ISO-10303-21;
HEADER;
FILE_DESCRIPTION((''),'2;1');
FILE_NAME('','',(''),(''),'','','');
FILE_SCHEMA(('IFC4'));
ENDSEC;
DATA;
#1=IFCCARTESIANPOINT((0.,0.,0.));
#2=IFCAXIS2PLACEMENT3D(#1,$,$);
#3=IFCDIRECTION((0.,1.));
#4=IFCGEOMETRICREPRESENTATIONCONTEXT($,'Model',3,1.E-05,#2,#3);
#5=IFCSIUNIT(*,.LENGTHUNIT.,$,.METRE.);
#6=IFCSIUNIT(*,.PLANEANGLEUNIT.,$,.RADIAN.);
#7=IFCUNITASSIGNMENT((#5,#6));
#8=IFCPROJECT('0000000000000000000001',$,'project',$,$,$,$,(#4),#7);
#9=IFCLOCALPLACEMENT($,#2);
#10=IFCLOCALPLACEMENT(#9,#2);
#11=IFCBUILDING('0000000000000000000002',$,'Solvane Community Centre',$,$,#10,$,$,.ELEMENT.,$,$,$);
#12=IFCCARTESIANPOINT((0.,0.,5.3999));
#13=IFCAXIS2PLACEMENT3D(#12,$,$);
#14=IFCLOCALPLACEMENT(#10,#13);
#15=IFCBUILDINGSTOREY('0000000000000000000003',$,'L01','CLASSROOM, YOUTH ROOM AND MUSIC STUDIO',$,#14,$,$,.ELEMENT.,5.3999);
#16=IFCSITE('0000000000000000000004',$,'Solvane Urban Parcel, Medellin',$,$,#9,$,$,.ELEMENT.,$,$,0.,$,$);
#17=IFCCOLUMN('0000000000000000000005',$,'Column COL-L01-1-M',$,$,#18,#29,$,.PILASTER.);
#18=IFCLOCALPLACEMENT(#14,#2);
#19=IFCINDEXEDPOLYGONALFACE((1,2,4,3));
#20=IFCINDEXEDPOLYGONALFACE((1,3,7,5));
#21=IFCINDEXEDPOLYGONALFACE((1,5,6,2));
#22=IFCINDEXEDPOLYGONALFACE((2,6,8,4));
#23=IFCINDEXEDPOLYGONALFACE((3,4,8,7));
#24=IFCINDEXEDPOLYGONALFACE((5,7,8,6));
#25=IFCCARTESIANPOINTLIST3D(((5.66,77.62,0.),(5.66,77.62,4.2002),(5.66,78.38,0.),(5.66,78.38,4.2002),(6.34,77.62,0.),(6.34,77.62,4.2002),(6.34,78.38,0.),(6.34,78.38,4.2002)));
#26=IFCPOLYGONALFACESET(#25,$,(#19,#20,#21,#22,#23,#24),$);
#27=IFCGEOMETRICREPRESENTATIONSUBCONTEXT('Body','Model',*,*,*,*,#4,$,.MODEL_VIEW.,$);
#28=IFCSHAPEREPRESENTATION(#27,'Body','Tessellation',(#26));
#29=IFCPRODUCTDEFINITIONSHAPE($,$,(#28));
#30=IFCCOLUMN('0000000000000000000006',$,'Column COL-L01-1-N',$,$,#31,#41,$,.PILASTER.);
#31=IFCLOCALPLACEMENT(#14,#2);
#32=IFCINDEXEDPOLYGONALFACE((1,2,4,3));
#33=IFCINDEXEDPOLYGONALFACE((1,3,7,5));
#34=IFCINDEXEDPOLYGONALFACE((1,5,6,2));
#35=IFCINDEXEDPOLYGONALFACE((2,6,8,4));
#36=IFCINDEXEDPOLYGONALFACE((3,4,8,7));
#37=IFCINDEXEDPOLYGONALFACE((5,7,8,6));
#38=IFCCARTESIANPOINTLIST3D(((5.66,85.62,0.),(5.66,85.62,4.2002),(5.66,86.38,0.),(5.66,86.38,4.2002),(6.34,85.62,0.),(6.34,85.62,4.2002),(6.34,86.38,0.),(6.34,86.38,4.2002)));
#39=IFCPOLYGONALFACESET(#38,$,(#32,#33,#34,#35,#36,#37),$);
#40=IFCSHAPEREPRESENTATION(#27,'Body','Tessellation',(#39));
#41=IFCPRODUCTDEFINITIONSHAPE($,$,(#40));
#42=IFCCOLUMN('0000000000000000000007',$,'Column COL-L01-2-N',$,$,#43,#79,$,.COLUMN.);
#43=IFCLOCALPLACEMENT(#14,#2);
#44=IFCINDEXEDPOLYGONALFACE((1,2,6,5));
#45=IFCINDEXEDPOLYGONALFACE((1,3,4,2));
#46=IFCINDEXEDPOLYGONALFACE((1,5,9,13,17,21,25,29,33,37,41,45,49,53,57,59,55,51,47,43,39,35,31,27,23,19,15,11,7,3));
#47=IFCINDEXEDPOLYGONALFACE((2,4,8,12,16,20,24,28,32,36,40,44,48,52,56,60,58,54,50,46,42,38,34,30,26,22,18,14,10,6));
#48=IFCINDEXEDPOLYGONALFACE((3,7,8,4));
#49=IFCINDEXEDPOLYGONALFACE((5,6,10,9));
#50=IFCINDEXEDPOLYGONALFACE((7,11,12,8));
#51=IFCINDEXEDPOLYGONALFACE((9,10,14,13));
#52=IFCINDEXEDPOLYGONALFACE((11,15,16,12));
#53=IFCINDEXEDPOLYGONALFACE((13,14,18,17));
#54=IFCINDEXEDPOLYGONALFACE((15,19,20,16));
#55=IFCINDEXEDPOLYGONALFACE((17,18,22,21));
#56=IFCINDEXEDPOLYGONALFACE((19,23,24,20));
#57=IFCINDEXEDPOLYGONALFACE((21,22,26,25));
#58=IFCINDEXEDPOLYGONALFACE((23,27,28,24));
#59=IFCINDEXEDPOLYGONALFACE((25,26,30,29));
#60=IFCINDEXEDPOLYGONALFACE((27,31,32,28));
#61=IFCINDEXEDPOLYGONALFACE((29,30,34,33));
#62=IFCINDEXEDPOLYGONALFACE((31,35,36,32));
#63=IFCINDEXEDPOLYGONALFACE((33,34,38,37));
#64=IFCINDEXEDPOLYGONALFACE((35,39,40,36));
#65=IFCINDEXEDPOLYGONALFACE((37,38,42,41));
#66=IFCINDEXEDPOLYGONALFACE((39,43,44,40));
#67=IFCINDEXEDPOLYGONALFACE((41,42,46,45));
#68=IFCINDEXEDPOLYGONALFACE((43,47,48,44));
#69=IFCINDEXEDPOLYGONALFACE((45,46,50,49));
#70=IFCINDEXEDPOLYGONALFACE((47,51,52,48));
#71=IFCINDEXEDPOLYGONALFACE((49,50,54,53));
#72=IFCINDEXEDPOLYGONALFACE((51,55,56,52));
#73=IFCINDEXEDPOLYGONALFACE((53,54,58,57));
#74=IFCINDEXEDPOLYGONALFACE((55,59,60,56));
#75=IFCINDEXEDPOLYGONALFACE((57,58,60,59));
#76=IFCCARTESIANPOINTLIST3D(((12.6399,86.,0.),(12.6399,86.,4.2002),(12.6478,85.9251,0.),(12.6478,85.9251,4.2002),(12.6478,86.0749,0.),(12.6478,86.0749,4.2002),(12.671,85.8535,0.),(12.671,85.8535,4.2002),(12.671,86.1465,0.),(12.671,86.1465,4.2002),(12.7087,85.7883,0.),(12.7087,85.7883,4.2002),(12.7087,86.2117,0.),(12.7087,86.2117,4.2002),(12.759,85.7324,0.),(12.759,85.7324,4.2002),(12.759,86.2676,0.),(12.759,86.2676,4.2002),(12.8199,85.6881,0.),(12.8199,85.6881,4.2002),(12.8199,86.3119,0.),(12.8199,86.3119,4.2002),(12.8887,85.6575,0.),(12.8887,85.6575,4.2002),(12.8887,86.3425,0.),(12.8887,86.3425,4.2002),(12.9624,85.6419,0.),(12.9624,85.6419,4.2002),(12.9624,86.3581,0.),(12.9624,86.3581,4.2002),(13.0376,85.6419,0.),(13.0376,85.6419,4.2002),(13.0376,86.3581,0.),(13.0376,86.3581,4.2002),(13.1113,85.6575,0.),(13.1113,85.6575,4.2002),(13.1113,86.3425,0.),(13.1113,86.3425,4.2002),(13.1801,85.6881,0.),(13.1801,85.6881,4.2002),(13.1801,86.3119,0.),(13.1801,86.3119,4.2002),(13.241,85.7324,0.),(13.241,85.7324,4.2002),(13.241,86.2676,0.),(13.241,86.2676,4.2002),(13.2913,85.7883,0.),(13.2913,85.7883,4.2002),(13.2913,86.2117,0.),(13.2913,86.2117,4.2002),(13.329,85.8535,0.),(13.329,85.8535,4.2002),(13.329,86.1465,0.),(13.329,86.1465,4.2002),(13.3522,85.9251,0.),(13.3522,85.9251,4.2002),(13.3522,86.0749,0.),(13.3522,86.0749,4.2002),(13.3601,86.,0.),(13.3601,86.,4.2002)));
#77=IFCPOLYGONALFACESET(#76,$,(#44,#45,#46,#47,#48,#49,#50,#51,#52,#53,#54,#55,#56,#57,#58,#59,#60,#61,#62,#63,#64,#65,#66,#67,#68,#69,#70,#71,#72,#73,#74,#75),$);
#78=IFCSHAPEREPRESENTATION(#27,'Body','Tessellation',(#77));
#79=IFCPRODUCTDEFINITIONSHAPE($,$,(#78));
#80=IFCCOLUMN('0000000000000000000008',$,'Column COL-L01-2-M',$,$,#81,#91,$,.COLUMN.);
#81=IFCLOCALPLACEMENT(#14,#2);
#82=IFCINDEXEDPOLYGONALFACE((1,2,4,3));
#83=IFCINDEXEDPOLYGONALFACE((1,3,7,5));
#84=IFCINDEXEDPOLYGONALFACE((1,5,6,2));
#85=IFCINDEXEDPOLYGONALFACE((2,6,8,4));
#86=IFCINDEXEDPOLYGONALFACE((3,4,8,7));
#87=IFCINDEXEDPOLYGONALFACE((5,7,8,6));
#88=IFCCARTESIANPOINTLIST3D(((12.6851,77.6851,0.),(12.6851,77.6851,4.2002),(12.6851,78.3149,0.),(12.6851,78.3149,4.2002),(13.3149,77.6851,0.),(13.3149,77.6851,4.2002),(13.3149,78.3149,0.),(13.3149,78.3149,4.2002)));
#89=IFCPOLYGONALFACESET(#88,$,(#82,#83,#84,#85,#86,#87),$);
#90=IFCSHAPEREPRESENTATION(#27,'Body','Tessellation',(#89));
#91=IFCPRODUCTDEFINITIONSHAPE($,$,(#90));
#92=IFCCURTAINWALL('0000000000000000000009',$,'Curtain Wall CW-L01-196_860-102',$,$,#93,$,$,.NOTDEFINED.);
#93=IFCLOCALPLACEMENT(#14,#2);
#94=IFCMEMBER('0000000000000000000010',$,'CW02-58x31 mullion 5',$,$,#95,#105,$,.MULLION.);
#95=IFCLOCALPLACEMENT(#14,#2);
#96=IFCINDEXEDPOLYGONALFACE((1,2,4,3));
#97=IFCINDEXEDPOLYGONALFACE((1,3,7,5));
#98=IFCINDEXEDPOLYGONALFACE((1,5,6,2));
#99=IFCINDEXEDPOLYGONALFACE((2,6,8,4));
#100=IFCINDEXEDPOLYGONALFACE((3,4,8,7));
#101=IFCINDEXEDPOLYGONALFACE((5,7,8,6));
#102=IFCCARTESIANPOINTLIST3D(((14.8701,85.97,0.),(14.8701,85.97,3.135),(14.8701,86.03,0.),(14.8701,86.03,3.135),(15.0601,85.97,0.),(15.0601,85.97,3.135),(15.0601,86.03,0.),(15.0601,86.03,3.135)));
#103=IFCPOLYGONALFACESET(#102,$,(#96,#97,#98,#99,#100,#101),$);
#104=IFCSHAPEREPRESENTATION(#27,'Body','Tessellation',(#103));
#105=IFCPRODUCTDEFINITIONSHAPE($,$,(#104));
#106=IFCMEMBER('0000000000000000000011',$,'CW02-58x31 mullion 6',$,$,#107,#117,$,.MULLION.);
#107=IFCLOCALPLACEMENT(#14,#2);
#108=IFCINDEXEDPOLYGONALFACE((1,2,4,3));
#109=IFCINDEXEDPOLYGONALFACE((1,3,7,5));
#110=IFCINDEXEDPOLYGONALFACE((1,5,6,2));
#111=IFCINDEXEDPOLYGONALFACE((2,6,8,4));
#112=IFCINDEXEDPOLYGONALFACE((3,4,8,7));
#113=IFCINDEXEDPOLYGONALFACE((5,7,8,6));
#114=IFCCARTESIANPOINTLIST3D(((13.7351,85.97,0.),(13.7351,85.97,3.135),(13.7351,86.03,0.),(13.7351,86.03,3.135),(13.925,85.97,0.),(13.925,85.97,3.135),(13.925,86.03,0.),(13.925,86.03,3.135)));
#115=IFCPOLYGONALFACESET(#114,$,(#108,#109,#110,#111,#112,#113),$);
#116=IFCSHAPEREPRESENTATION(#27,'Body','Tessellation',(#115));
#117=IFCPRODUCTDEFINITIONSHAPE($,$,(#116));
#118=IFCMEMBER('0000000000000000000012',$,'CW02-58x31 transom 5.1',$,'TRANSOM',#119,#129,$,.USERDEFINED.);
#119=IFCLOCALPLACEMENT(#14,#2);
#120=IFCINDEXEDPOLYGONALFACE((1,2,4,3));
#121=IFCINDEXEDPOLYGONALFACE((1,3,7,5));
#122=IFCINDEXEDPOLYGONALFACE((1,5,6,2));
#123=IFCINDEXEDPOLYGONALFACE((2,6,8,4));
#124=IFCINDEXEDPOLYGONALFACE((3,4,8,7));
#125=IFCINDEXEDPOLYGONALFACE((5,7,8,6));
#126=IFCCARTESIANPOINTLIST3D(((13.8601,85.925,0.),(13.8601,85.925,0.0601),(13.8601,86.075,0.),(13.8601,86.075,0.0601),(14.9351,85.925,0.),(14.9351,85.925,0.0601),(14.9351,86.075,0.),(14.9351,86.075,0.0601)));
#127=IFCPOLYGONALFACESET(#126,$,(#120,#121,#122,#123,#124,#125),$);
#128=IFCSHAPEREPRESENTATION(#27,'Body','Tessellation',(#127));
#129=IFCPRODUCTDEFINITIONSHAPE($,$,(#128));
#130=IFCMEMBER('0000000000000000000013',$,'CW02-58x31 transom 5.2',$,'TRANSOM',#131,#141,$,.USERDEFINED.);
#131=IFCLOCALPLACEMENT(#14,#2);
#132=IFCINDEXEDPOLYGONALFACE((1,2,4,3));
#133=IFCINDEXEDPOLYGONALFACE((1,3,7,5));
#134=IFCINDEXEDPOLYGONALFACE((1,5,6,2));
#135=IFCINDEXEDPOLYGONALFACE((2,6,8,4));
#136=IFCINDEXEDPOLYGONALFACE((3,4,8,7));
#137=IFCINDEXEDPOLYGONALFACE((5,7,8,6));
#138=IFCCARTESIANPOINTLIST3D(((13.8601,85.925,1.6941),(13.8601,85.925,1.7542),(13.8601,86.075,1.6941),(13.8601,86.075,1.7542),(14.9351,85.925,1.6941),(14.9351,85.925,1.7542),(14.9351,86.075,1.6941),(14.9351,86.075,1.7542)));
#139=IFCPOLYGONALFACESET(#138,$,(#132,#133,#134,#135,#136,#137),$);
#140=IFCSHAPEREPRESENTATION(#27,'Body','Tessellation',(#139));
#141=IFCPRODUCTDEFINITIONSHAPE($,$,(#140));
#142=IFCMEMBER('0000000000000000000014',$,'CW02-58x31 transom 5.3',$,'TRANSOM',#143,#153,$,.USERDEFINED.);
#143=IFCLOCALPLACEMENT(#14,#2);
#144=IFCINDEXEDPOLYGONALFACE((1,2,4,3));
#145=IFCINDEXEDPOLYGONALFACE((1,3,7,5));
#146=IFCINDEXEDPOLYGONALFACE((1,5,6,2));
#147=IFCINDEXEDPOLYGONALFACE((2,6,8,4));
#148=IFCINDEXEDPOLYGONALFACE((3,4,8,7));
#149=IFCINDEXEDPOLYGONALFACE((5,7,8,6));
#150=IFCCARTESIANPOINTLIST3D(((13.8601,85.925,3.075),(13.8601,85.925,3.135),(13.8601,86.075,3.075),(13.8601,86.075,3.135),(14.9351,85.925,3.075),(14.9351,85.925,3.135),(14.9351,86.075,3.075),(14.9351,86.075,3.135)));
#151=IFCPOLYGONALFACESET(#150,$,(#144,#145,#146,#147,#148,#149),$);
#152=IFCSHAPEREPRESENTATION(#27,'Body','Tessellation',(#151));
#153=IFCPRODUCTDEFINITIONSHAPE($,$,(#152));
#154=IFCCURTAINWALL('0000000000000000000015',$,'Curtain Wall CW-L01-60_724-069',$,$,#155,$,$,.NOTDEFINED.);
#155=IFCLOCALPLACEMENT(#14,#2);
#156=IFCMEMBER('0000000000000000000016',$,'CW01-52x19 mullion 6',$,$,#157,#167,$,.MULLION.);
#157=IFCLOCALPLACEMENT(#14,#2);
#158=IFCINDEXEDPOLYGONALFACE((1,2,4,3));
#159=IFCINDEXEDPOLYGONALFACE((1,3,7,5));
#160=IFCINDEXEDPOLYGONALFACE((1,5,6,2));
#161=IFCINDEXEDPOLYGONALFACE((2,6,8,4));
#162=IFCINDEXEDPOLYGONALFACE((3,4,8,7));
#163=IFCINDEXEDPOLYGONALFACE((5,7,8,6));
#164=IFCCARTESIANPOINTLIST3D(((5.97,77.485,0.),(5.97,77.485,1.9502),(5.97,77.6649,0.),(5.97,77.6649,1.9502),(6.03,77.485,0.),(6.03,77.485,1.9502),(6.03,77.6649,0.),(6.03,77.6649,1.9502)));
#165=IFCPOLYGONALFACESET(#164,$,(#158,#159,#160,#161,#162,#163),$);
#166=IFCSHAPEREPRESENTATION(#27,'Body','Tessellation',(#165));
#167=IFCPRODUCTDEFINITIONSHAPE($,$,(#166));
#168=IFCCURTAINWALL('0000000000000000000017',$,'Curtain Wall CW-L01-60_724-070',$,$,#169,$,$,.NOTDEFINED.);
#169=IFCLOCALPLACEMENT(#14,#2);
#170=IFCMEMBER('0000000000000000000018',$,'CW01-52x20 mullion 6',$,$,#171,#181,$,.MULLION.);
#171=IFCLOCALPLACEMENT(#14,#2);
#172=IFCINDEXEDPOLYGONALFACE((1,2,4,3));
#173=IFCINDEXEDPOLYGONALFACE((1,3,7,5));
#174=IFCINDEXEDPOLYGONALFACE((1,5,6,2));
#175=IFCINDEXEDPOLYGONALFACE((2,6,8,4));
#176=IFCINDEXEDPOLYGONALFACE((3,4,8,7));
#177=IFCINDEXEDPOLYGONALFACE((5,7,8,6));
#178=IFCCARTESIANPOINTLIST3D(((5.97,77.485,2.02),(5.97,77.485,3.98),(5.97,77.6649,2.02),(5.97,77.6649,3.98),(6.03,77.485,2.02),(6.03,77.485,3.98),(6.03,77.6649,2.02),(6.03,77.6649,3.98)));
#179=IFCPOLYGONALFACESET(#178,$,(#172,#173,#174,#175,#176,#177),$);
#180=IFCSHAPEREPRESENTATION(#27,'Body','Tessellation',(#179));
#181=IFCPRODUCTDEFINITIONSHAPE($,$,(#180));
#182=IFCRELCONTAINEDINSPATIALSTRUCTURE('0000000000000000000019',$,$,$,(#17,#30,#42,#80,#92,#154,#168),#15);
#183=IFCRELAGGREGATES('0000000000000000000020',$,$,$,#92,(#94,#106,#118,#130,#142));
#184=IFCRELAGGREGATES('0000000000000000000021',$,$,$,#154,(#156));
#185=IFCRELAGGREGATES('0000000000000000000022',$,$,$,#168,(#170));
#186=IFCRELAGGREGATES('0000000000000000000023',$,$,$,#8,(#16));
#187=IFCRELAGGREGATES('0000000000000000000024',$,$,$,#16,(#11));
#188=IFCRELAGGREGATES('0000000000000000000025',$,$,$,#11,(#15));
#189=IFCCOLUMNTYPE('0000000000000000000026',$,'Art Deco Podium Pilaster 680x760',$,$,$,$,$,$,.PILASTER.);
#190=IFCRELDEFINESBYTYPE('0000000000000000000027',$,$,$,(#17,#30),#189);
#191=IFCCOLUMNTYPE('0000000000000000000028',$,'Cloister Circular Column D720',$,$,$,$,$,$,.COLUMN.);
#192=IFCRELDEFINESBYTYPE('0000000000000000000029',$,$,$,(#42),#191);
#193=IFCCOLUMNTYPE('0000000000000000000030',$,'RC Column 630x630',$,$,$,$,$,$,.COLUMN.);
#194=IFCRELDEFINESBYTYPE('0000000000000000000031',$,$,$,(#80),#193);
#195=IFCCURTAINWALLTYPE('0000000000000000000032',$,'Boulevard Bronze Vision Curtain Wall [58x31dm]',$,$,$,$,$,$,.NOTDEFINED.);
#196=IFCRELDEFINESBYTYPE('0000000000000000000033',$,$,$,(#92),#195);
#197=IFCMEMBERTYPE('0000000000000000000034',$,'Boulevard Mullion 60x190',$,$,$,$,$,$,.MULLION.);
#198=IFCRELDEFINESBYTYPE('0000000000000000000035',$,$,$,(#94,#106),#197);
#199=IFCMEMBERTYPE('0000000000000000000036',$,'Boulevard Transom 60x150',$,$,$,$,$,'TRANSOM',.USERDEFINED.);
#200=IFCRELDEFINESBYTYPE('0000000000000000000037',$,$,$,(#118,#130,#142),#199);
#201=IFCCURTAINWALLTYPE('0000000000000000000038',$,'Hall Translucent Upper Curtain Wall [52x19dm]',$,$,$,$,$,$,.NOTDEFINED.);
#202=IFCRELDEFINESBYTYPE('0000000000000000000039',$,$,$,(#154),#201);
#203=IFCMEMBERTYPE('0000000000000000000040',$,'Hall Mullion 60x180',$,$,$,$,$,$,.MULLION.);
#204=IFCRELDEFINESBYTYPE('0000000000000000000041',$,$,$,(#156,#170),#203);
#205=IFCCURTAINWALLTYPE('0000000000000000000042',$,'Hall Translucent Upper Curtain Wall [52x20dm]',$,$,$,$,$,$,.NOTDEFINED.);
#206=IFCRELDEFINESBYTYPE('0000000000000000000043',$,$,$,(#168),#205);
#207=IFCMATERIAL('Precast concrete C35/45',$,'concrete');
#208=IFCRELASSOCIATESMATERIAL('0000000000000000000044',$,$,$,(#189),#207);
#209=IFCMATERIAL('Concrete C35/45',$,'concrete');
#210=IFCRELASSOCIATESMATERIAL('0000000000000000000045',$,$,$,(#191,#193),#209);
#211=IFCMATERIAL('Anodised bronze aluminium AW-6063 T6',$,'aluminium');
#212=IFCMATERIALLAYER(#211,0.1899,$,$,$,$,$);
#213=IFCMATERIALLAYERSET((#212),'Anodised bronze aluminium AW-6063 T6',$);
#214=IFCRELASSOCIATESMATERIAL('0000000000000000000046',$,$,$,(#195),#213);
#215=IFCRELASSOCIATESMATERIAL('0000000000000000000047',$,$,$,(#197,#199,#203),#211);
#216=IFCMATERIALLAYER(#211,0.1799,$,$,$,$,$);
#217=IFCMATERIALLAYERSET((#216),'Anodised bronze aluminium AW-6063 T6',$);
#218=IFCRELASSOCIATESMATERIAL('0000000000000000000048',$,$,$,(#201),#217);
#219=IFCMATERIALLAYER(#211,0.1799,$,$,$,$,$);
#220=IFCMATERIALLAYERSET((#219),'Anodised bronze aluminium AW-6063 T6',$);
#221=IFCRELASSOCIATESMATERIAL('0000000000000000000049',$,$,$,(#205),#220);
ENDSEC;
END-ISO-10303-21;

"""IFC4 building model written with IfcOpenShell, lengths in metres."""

from ifc_helpers import new_model, si_unit, direction, frame, origin, origin_2d, place, context, subcontext, project, spatial, rectangle, circle, extrude, material, layer, layer_set, material_profile, profile_set, type_object, element, aggregate, save


model = new_model("IFC4")

# Units and contexts
model_context = context("Model", 3, precision=1e-05, world=origin(), true_north=direction((0.0, 1.0)))
body_context = subcontext(model_context, "Body", "Model", "MODEL_VIEW")
ifc_project = project(units=[si_unit("LENGTHUNIT", "METRE"), si_unit("PLANEANGLEUNIT", "RADIAN")], contexts=[model_context])

# Site, building, storey
site_placement = place(None, origin())
site = spatial("IfcSite", under=ifc_project, at=site_placement, Name="Solvane Urban Parcel, Medellin", CompositionType="ELEMENT", RefElevation=0.0)
building_placement = place(site_placement, origin())
building = spatial("IfcBuilding", under=site, at=building_placement, Name="Solvane Community Centre", CompositionType="ELEMENT")
storey_placement = place(building_placement, frame((0.0, 0.0, 5.3999)))
storey = spatial("IfcBuildingStorey", under=building, at=storey_placement, Name="L01", Description="CLASSROOM, YOUTH ROOM AND MUSIC STUDIO", CompositionType="ELEMENT", Elevation=5.3999)

# Columns
ifc_material_1 = material(Name="Precast concrete C35/45", Category="concrete")
ifc_material_profile_1 = material_profile(ifc_material_1, rectangle(XDim=0.6799, YDim=0.76, at=origin_2d()), Name="RC 680x760")
ifc_profile_set_1 = profile_set([ifc_material_profile_1], Name="Precast concrete C35/45")
column_type_1 = type_object("IfcColumnType", Name="Art Deco Podium Pilaster 680x760", PredefinedType="PILASTER", material=ifc_profile_set_1)
for number, where, z_axis, x_axis, name in (
    (1, (6.0, 78.0, 0.0), (0.0, 0.0, 1.0), (1.0, 0.0, 0.0), "Column COL-L01-1-M"),
    (2, (6.0, 86.0, 0.0), (0.0, 0.0, 1.0), (1.0, 0.0, 0.0), "Column COL-L01-1-N"),
):
    element("IfcColumn", number, at=place(storey_placement, frame(where, z_axis=z_axis, x_axis=x_axis)), inside=storey, type_object=column_type_1, Name=name, PredefinedType="PILASTER", context=body_context, shape_type="SweptSolid", body=[
        extrude(rectangle(XDim=0.6799, YDim=0.76, at=origin_2d()), origin(), (0.0, 0.0, 1.0), 4.2002),
    ])
ifc_material_2 = material(Name="Concrete C35/45", Category="concrete")
ifc_material_profile_2 = material_profile(ifc_material_2, circle(Radius=0.3601, at=origin_2d()), Name="RC D720")
ifc_profile_set_2 = profile_set([ifc_material_profile_2], Name="Concrete C35/45")
column_type_2 = type_object("IfcColumnType", Name="Cloister Circular Column D720", PredefinedType="COLUMN", material=ifc_profile_set_2)
column_1_placement = place(storey_placement, frame((13.0, 86.0, 0.0), z_axis=(0.0, 0.0, 1.0), x_axis=(1.0, 0.0, 0.0)))
element("IfcColumn", 3, at=column_1_placement, inside=storey, type_object=column_type_2, Name="Column COL-L01-2-N", PredefinedType="COLUMN", context=body_context, shape_type="SweptSolid", body=[
    extrude(circle(Radius=0.3601, at=origin_2d()), origin(), (0.0, 0.0, 1.0), 4.2002),
])
ifc_material_profile_3 = material_profile(ifc_material_2, rectangle(XDim=0.6299, YDim=0.6299, at=origin_2d()), Name="RC 630x630")
ifc_profile_set_3 = profile_set([ifc_material_profile_3], Name="Concrete C35/45")
column_type_3 = type_object("IfcColumnType", Name="RC Column 630x630", PredefinedType="COLUMN", material=ifc_profile_set_3)
column_2_placement = place(storey_placement, frame((13.0, 78.0, 0.0), z_axis=(0.0, 0.0, 1.0), x_axis=(1.0, 0.0, 0.0)))
element("IfcColumn", 4, at=column_2_placement, inside=storey, type_object=column_type_3, Name="Column COL-L01-2-M", PredefinedType="COLUMN", context=body_context, shape_type="SweptSolid", body=[
    extrude(rectangle(XDim=0.6299, YDim=0.6299, at=origin_2d()), origin(), (0.0, 0.0, 1.0), 4.2002),
])

# Curtain wall, members
ifc_material_3 = material(Name="Anodised bronze aluminium AW-6063 T6", Category="aluminium")
ifc_layer_1 = layer(ifc_material_3, 0.1899)
ifc_layer_set_1 = layer_set([ifc_layer_1], Name="Anodised bronze aluminium AW-6063 T6")
curtain_wall_type_1 = type_object("IfcCurtainWallType", Name="Boulevard Bronze Vision Curtain Wall [58x31dm]", PredefinedType="NOTDEFINED", material=ifc_layer_set_1)
curtain_wall_1_placement = place(storey_placement, origin())
curtain_wall_1 = element("IfcCurtainWall", 5, at=curtain_wall_1_placement, inside=storey, type_object=curtain_wall_type_1, Name="Curtain Wall CW-L01-196_860-102", PredefinedType="NOTDEFINED")
ifc_material_profile_4 = material_profile(ifc_material_3, rectangle(XDim=0.0601, YDim=0.1899, at=origin_2d()), Name="CW-M 60x190")
ifc_profile_set_4 = profile_set([ifc_material_profile_4], Name="Anodised bronze aluminium AW-6063 T6")
member_type_1 = type_object("IfcMemberType", Name="Boulevard Mullion 60x190", PredefinedType="MULLION", material=ifc_profile_set_4)
member_1_placement = place(storey_placement, frame((14.9651, 86.0, 0.0), z_axis=(0.0, 0.0, 1.0), x_axis=(0.0, -1.0, 0.0)))
member_1 = element("IfcMember", 6, at=member_1_placement, type_object=member_type_1, Name="CW02-58x31 mullion 5", PredefinedType="MULLION", context=body_context, shape_type="SweptSolid", body=[
    extrude(rectangle(XDim=0.0601, YDim=0.1899, at=origin_2d()), origin(), (0.0, 0.0, 1.0), 3.135),
])
member_2_placement = place(storey_placement, frame((13.8301, 86.0, 0.0), z_axis=(0.0, 0.0, 1.0), x_axis=(0.0, -1.0, 0.0)))
member_2 = element("IfcMember", 7, at=member_2_placement, type_object=member_type_1, Name="CW02-58x31 mullion 6", PredefinedType="MULLION", context=body_context, shape_type="SweptSolid", body=[
    extrude(rectangle(XDim=0.0601, YDim=0.1899, at=origin_2d()), origin(), (0.0, 0.0, 1.0), 3.135),
])
ifc_material_profile_5 = material_profile(ifc_material_3, rectangle(XDim=0.1499, YDim=0.0601, at=origin_2d()), Name="CW-T 60x150")
ifc_profile_set_5 = profile_set([ifc_material_profile_5], Name="Anodised bronze aluminium AW-6063 T6")
member_type_2 = type_object("IfcMemberType", Name="Boulevard Transom 60x150", ElementType="TRANSOM", PredefinedType="USERDEFINED", material=ifc_profile_set_5)
member_3_placement = place(storey_placement, frame((14.9351, 86.0, 0.03), z_axis=(-1.0, 0.0, 0.0), x_axis=(0.0, -1.0, 0.0)))
member_3 = element("IfcMember", 8, at=member_3_placement, type_object=member_type_2, Name="CW02-58x31 transom 5.1", ObjectType="TRANSOM", PredefinedType="USERDEFINED", context=body_context, shape_type="SweptSolid", body=[
    extrude(rectangle(XDim=0.1499, YDim=0.0601, at=origin_2d()), origin(), (0.0, 0.0, 1.0), 1.075),
])
member_4_placement = place(storey_placement, frame((14.9351, 86.0, 1.7241), z_axis=(-1.0, 0.0, 0.0), x_axis=(0.0, -1.0, 0.0)))
member_4 = element("IfcMember", 9, at=member_4_placement, type_object=member_type_2, Name="CW02-58x31 transom 5.2", ObjectType="TRANSOM", PredefinedType="USERDEFINED", context=body_context, shape_type="SweptSolid", body=[
    extrude(rectangle(XDim=0.1499, YDim=0.0601, at=origin_2d()), origin(), (0.0, 0.0, 1.0), 1.075),
])
member_5_placement = place(storey_placement, frame((14.9351, 86.0, 3.105), z_axis=(-1.0, 0.0, 0.0), x_axis=(0.0, -1.0, 0.0)))
member_5 = element("IfcMember", 10, at=member_5_placement, type_object=member_type_2, Name="CW02-58x31 transom 5.3", ObjectType="TRANSOM", PredefinedType="USERDEFINED", context=body_context, shape_type="SweptSolid", body=[
    extrude(rectangle(XDim=0.1499, YDim=0.0601, at=origin_2d()), origin(), (0.0, 0.0, 1.0), 1.075),
])

# Curtain walls, members
ifc_layer_2 = layer(ifc_material_3, 0.1799)
ifc_layer_set_2 = layer_set([ifc_layer_2], Name="Anodised bronze aluminium AW-6063 T6")
curtain_wall_type_2 = type_object("IfcCurtainWallType", Name="Hall Translucent Upper Curtain Wall [52x19dm]", PredefinedType="NOTDEFINED", material=ifc_layer_set_2)
curtain_wall_2_placement = place(storey_placement, origin())
curtain_wall_2 = element("IfcCurtainWall", 11, at=curtain_wall_2_placement, inside=storey, type_object=curtain_wall_type_2, Name="Curtain Wall CW-L01-60_724-069", PredefinedType="NOTDEFINED")
ifc_material_profile_6 = material_profile(ifc_material_3, rectangle(XDim=0.0601, YDim=0.1799, at=origin_2d()), Name="CW-M 60x180")
ifc_profile_set_6 = profile_set([ifc_material_profile_6], Name="Anodised bronze aluminium AW-6063 T6")
member_type_3 = type_object("IfcMemberType", Name="Hall Mullion 60x180", PredefinedType="MULLION", material=ifc_profile_set_6)
member_6_placement = place(storey_placement, frame((6.0, 77.575, 0.0), z_axis=(0.0, 0.0, 1.0), x_axis=(-1.0, 0.0, 0.0)))
member_6 = element("IfcMember", 12, at=member_6_placement, type_object=member_type_3, Name="CW01-52x19 mullion 6", PredefinedType="MULLION", context=body_context, shape_type="SweptSolid", body=[
    extrude(rectangle(XDim=0.0601, YDim=0.1799, at=origin_2d()), origin(), (0.0, 0.0, 1.0), 1.9502),
])
ifc_layer_3 = layer(ifc_material_3, 0.1799)
ifc_layer_set_3 = layer_set([ifc_layer_3], Name="Anodised bronze aluminium AW-6063 T6")
curtain_wall_type_3 = type_object("IfcCurtainWallType", Name="Hall Translucent Upper Curtain Wall [52x20dm]", PredefinedType="NOTDEFINED", material=ifc_layer_set_3)
curtain_wall_3_placement = place(storey_placement, origin())
curtain_wall_3 = element("IfcCurtainWall", 13, at=curtain_wall_3_placement, inside=storey, type_object=curtain_wall_type_3, Name="Curtain Wall CW-L01-60_724-070", PredefinedType="NOTDEFINED")
member_7_placement = place(storey_placement, frame((6.0, 77.575, 2.02), z_axis=(0.0, 0.0, 1.0), x_axis=(-1.0, 0.0, 0.0)))
member_7 = element("IfcMember", 14, at=member_7_placement, type_object=member_type_3, Name="CW01-52x20 mullion 6", PredefinedType="MULLION", context=body_context, shape_type="SweptSolid", body=[
    extrude(rectangle(XDim=0.0601, YDim=0.1799, at=origin_2d()), origin(), (0.0, 0.0, 1.0), 1.96),
])

aggregate(curtain_wall_1, [member_1, member_2, member_3, member_4, member_5])
aggregate(curtain_wall_2, [member_6])
aggregate(curtain_wall_3, [member_7])

save(model, "model.ifc")
